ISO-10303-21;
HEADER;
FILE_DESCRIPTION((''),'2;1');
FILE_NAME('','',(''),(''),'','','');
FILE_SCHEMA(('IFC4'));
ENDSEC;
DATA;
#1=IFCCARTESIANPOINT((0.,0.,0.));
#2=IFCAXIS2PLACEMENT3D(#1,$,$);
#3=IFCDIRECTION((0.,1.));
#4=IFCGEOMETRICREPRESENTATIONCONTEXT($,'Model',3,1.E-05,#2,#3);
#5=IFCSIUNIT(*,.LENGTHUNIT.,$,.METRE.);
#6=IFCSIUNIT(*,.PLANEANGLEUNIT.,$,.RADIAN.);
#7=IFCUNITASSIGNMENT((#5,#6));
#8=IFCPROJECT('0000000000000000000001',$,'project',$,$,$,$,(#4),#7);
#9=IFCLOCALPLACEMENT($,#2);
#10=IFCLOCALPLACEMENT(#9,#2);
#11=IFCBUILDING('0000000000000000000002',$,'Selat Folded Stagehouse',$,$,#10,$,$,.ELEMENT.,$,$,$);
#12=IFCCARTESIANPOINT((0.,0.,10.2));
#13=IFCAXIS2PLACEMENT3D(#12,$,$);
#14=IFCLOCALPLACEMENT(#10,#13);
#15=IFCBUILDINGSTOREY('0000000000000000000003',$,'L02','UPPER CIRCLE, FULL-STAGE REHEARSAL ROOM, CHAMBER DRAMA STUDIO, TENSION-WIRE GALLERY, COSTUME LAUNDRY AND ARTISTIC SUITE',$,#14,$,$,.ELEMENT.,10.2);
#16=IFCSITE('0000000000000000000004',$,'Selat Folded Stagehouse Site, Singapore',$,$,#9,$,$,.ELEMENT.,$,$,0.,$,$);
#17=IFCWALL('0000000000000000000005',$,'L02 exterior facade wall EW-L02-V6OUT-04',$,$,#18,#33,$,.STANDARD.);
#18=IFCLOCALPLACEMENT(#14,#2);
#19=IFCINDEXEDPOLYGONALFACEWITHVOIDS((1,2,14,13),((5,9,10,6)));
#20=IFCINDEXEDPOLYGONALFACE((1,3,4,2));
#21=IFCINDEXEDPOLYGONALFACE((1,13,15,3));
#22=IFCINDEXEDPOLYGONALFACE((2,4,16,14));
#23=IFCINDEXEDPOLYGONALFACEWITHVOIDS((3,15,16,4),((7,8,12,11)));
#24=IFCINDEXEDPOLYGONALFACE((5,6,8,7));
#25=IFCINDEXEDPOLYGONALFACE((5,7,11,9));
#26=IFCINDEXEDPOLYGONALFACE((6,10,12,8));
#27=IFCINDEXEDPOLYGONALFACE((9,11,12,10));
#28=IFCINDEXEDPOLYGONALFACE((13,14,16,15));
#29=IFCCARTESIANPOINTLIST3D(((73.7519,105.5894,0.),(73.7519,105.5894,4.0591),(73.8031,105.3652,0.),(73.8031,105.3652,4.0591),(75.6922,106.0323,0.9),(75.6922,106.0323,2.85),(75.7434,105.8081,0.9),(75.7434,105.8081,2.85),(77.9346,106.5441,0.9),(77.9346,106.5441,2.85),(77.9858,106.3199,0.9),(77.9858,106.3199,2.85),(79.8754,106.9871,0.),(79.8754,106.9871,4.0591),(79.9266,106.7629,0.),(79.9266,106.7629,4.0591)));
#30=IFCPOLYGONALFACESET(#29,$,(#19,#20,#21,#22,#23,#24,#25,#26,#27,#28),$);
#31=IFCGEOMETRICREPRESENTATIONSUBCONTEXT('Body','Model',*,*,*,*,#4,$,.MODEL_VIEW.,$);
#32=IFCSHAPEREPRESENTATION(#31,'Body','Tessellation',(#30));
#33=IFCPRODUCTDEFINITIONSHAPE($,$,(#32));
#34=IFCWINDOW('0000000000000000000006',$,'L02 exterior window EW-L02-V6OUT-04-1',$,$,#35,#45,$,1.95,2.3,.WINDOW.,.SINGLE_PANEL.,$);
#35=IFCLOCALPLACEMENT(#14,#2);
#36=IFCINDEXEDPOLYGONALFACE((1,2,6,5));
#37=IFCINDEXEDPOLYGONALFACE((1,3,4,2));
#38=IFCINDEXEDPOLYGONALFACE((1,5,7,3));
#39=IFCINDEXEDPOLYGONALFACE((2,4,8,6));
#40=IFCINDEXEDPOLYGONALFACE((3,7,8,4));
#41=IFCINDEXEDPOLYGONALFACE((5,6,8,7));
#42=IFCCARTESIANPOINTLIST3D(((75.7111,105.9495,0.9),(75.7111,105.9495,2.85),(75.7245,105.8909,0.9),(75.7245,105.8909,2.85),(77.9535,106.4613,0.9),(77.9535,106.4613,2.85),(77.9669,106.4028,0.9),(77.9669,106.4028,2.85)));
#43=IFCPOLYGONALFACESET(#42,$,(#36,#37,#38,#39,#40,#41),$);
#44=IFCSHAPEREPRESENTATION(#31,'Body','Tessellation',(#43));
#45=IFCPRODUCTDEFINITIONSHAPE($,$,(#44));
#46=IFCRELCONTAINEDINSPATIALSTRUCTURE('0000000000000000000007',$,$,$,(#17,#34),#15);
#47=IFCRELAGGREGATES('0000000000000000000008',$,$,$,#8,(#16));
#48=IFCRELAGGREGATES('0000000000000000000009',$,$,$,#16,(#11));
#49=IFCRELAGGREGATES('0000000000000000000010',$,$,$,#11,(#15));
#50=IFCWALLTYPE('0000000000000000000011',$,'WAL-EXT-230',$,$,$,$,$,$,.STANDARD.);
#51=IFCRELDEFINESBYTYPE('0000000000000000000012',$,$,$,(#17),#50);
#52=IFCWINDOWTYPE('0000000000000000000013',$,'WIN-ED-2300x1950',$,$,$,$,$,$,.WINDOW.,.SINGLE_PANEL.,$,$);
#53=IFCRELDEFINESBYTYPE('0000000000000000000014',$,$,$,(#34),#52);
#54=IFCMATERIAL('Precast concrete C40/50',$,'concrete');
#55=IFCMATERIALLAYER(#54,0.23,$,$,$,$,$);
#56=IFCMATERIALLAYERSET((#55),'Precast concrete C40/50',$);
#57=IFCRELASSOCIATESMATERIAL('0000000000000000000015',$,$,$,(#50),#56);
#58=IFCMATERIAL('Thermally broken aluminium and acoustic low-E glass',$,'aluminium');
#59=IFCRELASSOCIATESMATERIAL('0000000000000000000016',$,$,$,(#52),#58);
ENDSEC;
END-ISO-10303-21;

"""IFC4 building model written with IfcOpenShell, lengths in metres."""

from ifc_helpers import new_model, si_unit, direction, frame, frame_2d, origin, place, context, subcontext, project, spatial, rectangle, extrude, material, layer, layer_set, type_object, element, fill, save


model = new_model("IFC4")

# Units and contexts
model_context = context("Model", 3, precision=1e-05, world=origin(), true_north=direction((0.0, 1.0)))
body_context = subcontext(model_context, "Body", "Model", "MODEL_VIEW")
ifc_project = project(units=[si_unit("LENGTHUNIT", "METRE"), si_unit("PLANEANGLEUNIT", "RADIAN")], contexts=[model_context])

# Site, building, storey
site_placement = place(None, origin())
site = spatial("IfcSite", under=ifc_project, at=site_placement, Name="Selat Folded Stagehouse Site, Singapore", CompositionType="ELEMENT", RefElevation=0.0)
building_placement = place(site_placement, origin())
building = spatial("IfcBuilding", under=site, at=building_placement, Name="Selat Folded Stagehouse", CompositionType="ELEMENT")
storey_placement = place(building_placement, frame((0.0, 0.0, 10.2)))
storey = spatial("IfcBuildingStorey", under=building, at=storey_placement, Name="L02", Description="UPPER CIRCLE, FULL-STAGE REHEARSAL ROOM, CHAMBER DRAMA STUDIO, TENSION-WIRE GALLERY, COSTUME LAUNDRY AND ARTISTIC SUITE", CompositionType="ELEMENT", Elevation=10.2)

# Wall, opening, window
ifc_material_1 = material(Name="Precast concrete C40/50", Category="concrete")
ifc_layer_1 = layer(ifc_material_1, 0.23)
ifc_layer_set_1 = layer_set([ifc_layer_1], Name="Precast concrete C40/50")
wall_type = type_object("IfcWallType", Name="WAL-EXT-230", PredefinedType="STANDARD", material=ifc_layer_set_1)
wall_placement = place(storey_placement, frame((73.7773, 105.4773, 0.0), z_axis=(0.0, 0.0, 1.0), x_axis=(0.974926, 0.222528, 0.0)))
wall = element("IfcWall", 1, at=wall_placement, inside=storey, type_object=wall_type, Name="L02 exterior facade wall EW-L02-V6OUT-04", PredefinedType="STANDARD", context=body_context, shape_type="SweptSolid", body=[
    extrude(rectangle(XDim=6.281, YDim=0.23, at=frame_2d((3.1406, 0.0))), origin(), (0.0, 0.0, 1.0), 4.0591),
])
opening_placement = place(wall_placement, frame((1.9905, 0.0, 0.8999)))
opening = element("IfcOpeningElement", 2, at=opening_placement, cuts=wall, PredefinedType="OPENING", context=body_context, shape_type="SweptSolid", body=[
    extrude(rectangle(XDim=2.3, YDim=1.95, at=frame_2d((1.1499, 0.9751))), frame((0.0, 0.125, 0.0), z_axis=(0.0, -1.0, 0.0), x_axis=(1.0, 0.0, 0.0)), (0.0, 0.0, 1.0), 0.25),
])
ifc_material_2 = material(Name="Thermally broken aluminium and acoustic low-E glass", Category="aluminium")
window_type = type_object("IfcWindowType", Name="WIN-ED-2300x1950", PartitioningType="SINGLE_PANEL", PredefinedType="WINDOW", material=ifc_material_2)
window_placement = place(opening_placement, origin())
window = element("IfcWindow", 3, at=window_placement, inside=storey, type_object=window_type, Name="L02 exterior window EW-L02-V6OUT-04-1", OverallHeight=1.95, OverallWidth=2.3, PartitioningType="SINGLE_PANEL", PredefinedType="WINDOW", context=body_context, shape_type="SweptSolid", body=[
    extrude(rectangle(XDim=2.3, YDim=1.95, at=frame_2d((1.1499, 0.9751))), frame((0.0, 0.03, 0.0), z_axis=(0.0, -1.0, 0.0), x_axis=(1.0, 0.0, 0.0)), (0.0, 0.0, 1.0), 0.0601),
])
fill(opening, window)

save(model, "model.ifc")
